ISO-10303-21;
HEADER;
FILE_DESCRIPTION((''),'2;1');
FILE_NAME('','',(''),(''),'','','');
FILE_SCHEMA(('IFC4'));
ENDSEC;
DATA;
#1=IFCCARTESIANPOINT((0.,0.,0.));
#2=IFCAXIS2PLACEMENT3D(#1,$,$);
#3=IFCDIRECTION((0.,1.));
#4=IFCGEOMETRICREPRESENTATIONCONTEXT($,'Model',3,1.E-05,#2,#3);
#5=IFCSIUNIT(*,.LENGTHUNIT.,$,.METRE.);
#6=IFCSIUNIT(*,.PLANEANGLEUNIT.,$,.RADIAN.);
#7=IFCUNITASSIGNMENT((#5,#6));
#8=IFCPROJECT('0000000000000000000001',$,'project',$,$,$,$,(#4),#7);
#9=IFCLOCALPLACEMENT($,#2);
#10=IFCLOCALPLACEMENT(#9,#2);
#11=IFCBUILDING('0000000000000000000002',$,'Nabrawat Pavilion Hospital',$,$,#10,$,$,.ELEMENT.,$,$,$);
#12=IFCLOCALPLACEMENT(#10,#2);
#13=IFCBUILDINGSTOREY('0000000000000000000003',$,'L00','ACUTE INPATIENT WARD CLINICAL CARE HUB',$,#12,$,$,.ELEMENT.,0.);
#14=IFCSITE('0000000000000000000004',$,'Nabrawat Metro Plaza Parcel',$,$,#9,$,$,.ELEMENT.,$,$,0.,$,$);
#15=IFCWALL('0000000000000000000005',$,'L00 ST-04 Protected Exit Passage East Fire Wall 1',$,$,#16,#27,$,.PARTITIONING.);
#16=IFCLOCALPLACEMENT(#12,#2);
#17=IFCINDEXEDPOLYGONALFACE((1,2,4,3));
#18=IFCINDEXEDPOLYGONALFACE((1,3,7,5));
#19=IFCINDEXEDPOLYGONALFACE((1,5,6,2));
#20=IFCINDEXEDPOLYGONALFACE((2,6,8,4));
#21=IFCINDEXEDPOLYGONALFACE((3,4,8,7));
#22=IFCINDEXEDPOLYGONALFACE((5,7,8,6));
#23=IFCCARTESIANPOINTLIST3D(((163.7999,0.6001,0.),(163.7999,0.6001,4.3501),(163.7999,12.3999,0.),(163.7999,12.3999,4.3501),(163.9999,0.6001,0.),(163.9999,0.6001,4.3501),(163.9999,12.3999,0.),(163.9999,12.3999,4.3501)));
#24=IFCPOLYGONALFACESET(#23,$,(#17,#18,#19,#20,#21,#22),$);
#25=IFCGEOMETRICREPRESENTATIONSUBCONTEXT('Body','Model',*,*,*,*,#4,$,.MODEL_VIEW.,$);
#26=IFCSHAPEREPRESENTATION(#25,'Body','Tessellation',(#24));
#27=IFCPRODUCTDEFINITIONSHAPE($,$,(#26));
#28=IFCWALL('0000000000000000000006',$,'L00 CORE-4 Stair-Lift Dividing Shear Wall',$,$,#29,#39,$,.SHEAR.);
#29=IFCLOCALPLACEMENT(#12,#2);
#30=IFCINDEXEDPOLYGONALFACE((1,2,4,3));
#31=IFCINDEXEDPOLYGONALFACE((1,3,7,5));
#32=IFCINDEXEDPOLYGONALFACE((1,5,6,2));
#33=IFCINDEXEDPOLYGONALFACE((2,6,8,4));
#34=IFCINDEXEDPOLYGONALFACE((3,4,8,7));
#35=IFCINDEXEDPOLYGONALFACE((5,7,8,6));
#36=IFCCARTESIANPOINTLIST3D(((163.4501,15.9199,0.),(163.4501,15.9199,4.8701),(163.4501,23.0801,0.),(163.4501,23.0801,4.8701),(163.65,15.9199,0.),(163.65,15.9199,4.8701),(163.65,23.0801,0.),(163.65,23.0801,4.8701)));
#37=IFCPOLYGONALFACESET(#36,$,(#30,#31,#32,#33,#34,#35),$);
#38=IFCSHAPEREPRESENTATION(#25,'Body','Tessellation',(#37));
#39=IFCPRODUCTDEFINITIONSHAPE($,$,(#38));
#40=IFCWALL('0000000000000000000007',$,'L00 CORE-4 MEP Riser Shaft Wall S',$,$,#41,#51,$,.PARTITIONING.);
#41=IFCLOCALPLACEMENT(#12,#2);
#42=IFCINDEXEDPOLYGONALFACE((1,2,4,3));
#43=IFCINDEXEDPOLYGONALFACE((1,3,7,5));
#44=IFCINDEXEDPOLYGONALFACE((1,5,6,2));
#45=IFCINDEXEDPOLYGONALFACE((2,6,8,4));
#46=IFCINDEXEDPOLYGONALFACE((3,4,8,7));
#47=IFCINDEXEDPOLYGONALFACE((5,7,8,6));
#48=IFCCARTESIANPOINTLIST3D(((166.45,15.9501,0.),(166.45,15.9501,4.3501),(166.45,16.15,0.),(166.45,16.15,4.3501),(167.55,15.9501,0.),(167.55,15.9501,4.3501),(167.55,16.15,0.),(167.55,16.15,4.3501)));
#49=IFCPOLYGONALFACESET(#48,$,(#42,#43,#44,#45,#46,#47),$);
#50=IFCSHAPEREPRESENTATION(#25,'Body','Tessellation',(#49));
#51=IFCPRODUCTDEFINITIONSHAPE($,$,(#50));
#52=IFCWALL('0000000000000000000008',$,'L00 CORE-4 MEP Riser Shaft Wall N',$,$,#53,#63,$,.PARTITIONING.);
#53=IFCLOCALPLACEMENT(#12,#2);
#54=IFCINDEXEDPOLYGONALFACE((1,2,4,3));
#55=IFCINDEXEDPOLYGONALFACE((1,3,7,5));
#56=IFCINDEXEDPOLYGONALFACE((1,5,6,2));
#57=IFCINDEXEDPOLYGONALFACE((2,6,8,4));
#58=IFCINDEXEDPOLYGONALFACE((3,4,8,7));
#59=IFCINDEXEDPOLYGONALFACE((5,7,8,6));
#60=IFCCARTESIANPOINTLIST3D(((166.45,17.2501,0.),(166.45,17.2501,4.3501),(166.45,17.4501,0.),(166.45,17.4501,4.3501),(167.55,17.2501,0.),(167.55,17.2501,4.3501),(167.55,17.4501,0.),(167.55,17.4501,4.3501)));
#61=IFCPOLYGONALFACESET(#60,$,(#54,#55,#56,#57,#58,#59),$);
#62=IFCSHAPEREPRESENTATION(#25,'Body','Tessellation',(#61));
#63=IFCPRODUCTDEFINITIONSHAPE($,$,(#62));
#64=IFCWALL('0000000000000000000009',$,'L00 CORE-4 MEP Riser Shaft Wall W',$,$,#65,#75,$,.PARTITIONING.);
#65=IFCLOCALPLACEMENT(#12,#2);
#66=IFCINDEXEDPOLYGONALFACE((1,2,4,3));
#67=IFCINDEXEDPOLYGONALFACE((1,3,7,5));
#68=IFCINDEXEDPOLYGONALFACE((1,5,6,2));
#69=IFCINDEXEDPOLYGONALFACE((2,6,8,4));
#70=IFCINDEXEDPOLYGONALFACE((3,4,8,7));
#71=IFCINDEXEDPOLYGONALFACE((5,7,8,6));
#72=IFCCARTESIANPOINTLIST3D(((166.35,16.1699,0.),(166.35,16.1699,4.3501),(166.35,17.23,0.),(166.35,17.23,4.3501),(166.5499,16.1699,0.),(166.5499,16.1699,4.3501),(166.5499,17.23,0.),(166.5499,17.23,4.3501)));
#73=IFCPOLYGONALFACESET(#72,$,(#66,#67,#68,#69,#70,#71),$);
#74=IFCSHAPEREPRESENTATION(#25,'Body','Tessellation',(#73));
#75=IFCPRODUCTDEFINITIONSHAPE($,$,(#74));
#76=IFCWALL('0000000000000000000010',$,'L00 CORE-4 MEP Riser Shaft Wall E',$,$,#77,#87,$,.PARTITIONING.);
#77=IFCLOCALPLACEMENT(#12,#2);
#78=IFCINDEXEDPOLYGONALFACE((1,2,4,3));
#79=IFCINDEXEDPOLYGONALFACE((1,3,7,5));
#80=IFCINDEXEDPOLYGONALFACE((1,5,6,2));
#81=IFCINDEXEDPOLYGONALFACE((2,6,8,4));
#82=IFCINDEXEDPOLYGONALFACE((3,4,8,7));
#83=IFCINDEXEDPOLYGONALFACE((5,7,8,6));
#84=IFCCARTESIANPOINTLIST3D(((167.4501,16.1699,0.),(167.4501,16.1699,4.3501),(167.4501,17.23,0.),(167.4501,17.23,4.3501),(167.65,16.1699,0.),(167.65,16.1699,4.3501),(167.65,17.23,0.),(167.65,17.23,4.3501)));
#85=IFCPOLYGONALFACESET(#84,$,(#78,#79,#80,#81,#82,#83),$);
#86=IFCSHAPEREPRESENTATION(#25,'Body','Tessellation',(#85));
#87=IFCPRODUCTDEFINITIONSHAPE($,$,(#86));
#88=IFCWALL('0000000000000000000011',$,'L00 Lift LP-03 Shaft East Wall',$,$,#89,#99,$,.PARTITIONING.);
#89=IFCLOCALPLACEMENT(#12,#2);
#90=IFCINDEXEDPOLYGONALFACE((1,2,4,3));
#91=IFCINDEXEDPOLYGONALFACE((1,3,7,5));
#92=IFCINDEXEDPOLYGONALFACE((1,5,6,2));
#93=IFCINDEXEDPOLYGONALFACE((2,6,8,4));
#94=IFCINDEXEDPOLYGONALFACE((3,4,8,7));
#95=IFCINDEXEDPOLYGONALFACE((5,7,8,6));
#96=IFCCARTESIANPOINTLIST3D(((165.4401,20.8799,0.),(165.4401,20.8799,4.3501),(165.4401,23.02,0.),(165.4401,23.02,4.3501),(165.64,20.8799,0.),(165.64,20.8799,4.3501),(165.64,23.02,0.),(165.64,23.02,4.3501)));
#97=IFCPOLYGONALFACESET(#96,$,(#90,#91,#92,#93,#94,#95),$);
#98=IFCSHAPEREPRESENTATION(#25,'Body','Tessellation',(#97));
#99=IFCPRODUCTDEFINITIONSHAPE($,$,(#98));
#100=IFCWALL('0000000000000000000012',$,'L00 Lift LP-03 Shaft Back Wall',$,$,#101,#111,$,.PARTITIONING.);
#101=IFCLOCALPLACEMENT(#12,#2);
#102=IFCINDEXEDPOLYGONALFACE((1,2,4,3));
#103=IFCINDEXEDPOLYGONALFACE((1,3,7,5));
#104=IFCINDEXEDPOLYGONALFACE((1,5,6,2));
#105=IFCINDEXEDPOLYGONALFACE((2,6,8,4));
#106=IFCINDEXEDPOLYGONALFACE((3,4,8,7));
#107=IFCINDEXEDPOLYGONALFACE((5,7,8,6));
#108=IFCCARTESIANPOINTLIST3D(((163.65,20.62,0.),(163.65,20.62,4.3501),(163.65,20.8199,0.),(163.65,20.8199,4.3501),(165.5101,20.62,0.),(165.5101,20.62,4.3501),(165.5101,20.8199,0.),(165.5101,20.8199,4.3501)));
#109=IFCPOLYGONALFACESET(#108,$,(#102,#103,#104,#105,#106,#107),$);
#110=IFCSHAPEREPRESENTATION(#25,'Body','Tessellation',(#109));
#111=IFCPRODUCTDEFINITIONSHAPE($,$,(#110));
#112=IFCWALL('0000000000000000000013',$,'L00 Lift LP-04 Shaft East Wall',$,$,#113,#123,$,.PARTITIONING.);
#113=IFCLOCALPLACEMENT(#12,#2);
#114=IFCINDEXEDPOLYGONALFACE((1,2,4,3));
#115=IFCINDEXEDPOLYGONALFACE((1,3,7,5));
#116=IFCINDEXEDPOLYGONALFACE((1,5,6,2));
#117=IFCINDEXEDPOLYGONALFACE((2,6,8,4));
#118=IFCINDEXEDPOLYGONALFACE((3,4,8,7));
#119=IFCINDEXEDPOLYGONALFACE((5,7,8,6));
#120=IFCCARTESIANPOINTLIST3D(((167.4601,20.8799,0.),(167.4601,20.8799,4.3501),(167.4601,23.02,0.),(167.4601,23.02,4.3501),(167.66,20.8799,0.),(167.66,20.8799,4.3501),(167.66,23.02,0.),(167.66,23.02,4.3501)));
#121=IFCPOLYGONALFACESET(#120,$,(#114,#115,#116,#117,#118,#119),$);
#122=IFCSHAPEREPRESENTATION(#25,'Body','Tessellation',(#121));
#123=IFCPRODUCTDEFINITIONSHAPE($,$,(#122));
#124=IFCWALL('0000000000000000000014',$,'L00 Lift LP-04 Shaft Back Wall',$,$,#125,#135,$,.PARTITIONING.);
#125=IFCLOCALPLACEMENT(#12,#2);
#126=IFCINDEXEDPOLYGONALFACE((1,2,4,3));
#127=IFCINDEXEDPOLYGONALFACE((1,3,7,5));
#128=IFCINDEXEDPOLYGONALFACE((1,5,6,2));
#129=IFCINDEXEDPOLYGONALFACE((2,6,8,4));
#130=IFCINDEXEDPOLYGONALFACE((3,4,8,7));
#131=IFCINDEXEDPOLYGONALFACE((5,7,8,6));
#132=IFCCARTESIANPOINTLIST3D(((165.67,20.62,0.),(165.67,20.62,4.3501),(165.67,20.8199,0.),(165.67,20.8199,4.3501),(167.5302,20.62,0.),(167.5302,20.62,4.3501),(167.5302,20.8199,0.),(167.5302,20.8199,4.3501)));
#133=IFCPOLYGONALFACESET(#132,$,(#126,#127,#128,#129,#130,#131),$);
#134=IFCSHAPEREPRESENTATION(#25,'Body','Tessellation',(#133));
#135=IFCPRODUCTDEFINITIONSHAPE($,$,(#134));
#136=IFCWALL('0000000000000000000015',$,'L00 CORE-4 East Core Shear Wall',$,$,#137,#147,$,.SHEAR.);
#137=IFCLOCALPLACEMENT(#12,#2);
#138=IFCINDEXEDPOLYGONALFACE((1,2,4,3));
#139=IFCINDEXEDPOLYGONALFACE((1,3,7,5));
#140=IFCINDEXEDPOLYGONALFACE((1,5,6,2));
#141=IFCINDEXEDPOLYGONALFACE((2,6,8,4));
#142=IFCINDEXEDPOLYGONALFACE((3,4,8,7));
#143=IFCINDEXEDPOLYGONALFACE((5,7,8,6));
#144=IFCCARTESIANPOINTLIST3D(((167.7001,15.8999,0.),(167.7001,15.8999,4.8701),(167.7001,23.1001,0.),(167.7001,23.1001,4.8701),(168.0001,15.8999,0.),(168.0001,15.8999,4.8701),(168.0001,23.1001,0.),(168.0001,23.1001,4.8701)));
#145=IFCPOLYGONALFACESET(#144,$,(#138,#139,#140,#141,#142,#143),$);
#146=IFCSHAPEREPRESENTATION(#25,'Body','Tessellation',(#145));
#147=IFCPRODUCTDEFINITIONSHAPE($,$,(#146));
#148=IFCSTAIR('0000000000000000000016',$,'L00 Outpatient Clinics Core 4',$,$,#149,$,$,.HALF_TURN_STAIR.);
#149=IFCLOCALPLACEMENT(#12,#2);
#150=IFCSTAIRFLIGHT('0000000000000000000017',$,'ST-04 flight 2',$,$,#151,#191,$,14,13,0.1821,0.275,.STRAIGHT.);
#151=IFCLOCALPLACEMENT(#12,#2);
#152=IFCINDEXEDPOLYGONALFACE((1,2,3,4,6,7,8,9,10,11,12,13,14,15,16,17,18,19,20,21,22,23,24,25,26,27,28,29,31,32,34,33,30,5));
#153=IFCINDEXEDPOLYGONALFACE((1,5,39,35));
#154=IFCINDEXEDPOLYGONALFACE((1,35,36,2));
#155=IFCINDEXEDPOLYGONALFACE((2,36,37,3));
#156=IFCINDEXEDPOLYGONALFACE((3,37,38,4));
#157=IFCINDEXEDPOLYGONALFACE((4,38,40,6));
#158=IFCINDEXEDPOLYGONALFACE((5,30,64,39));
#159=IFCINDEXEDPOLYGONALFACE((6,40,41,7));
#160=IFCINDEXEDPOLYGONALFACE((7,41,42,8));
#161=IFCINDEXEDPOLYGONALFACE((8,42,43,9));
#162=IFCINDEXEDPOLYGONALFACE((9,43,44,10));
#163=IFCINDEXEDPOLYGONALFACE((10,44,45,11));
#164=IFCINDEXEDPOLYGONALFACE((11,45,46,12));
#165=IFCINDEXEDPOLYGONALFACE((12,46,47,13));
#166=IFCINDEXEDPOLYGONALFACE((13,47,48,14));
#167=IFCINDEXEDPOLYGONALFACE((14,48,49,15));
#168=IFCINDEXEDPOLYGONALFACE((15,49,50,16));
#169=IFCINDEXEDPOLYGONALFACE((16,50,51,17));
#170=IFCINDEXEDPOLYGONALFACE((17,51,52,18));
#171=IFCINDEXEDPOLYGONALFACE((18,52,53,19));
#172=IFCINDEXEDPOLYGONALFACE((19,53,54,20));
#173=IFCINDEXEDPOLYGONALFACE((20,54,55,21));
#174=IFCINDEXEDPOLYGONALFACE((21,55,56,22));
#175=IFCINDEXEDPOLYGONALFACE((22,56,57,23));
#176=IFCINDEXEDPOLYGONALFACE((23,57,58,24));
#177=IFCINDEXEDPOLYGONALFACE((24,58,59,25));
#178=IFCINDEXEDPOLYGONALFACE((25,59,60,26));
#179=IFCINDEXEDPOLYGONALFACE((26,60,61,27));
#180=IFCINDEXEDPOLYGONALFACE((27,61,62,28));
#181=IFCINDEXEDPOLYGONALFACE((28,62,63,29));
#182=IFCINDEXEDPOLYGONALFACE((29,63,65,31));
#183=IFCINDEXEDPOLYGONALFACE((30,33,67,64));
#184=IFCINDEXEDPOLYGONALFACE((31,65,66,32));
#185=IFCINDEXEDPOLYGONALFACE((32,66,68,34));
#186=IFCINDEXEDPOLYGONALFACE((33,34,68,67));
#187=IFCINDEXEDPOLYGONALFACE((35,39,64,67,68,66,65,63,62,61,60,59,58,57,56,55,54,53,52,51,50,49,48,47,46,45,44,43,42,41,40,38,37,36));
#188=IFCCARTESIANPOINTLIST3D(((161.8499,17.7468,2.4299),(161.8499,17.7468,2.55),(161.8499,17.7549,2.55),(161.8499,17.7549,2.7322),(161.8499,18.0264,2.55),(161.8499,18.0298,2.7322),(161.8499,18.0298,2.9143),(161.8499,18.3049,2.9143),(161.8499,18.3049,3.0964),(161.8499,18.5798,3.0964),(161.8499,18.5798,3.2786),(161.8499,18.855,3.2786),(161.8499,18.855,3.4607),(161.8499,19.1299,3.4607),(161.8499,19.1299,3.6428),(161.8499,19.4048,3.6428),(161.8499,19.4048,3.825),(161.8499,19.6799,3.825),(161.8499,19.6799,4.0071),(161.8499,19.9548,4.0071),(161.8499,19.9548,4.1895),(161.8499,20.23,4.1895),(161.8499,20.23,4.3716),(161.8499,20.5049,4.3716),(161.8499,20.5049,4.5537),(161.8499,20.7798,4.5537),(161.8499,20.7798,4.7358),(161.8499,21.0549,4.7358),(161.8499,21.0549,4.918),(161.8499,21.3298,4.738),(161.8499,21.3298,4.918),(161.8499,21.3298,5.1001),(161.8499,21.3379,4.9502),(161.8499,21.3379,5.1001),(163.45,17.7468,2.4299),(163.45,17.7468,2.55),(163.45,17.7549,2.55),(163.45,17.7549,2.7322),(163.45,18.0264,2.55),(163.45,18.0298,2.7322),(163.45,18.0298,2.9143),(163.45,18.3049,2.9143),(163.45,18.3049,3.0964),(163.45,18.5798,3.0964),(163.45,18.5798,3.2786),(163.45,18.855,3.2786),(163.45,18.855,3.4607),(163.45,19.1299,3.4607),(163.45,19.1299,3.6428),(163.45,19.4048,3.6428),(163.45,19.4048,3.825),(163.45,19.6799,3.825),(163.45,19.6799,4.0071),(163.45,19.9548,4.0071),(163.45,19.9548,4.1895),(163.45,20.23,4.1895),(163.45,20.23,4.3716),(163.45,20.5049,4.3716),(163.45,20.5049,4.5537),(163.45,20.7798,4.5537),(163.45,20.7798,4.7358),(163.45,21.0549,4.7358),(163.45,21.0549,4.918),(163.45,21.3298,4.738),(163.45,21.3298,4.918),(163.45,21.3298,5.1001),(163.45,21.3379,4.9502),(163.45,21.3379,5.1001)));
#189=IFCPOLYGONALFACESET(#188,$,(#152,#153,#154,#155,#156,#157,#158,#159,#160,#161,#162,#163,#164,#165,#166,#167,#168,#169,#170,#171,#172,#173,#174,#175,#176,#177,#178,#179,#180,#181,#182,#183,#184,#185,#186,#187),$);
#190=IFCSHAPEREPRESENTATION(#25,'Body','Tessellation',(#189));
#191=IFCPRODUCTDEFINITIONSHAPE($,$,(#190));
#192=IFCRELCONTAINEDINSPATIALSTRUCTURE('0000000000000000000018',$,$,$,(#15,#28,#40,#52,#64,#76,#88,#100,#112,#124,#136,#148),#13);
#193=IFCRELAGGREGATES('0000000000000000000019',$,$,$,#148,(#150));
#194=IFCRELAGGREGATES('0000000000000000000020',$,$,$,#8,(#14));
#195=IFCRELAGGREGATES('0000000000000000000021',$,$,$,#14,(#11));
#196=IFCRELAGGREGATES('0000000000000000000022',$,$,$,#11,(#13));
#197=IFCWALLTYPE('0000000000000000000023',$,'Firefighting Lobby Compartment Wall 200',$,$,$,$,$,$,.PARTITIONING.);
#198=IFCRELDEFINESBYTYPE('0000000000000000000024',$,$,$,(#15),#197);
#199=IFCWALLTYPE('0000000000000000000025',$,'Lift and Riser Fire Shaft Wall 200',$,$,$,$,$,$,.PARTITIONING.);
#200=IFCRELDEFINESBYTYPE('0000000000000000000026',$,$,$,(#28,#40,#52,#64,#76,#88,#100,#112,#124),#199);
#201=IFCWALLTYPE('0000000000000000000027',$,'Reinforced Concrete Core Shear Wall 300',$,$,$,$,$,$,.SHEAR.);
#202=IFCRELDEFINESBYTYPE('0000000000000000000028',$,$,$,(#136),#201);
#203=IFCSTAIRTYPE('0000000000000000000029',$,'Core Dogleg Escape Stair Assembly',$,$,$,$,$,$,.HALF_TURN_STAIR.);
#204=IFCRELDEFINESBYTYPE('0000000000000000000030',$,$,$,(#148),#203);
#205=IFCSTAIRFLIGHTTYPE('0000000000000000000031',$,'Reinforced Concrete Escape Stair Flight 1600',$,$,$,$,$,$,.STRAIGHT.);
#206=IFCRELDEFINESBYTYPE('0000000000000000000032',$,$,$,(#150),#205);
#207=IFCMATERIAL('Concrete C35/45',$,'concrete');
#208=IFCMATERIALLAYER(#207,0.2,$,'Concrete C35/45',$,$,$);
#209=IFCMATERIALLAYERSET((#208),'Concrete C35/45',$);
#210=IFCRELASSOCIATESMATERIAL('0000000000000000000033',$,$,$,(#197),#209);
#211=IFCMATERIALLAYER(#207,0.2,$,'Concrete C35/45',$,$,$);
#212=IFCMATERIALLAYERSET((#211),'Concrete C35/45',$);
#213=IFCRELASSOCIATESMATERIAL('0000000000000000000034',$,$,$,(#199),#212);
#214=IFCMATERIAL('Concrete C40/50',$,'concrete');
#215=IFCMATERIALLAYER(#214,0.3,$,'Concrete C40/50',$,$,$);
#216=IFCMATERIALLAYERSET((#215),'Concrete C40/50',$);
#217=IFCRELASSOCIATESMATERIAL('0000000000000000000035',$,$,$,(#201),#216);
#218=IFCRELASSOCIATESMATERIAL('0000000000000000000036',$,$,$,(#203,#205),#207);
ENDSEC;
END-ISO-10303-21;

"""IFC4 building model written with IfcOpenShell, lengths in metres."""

from ifc_helpers import new_model, si_unit, direction, frame, frame_2d, origin, place, context, subcontext, project, spatial, polyline, rectangle, outline, extrude, material, layer, layer_set, type_object, element, aggregate, save


model = new_model("IFC4")

# Units and contexts
model_context = context("Model", 3, precision=1e-05, world=origin(), true_north=direction((0.0, 1.0)))
body_context = subcontext(model_context, "Body", "Model", "MODEL_VIEW")
ifc_project = project(units=[si_unit("LENGTHUNIT", "METRE"), si_unit("PLANEANGLEUNIT", "RADIAN")], contexts=[model_context])

# Site, building, storey
site_placement = place(None, origin())
site = spatial("IfcSite", under=ifc_project, at=site_placement, Name="Nabrawat Metro Plaza Parcel", CompositionType="ELEMENT", RefElevation=0.0)
building_placement = place(site_placement, origin())
building = spatial("IfcBuilding", under=site, at=building_placement, Name="Nabrawat Pavilion Hospital", CompositionType="ELEMENT")
storey_placement = place(building_placement, origin())
storey = spatial("IfcBuildingStorey", under=building, at=storey_placement, Name="L00", Description="ACUTE INPATIENT WARD CLINICAL CARE HUB", CompositionType="ELEMENT", Elevation=0.0)

# Shared definitions
ifc_material_1 = material(Name="Concrete C40/50", Category="concrete")

# Walls
ifc_material_2 = material(Name="Concrete C35/45", Category="concrete")
ifc_layer_1 = layer(ifc_material_2, 0.2, Name="Concrete C35/45")
ifc_layer_set_1 = layer_set([ifc_layer_1], Name="Concrete C35/45")
wall_type_1 = type_object("IfcWallType", Name="Firefighting Lobby Compartment Wall 200", PredefinedType="PARTITIONING", material=ifc_layer_set_1)
wall_1_placement = place(storey_placement, frame((163.8999, 0.6001, 0.0), z_axis=(0.0, 0.0, 1.0), x_axis=(0.0, 1.0, 0.0)))
element("IfcWall", 1, at=wall_1_placement, inside=storey, type_object=wall_type_1, Name="L00 ST-04 Protected Exit Passage East Fire Wall 1", PredefinedType="PARTITIONING", context=body_context, shape_type="SweptSolid", body=[
    extrude(rectangle(XDim=11.7998, YDim=0.2, at=frame_2d((5.8999, 0.0))), origin(), (0.0, 0.0, 1.0), 4.3501),
])
ifc_layer_2 = layer(ifc_material_2, 0.2, Name="Concrete C35/45")
ifc_layer_set_2 = layer_set([ifc_layer_2], Name="Concrete C35/45")
wall_type_2 = type_object("IfcWallType", Name="Lift and Riser Fire Shaft Wall 200", PredefinedType="PARTITIONING", material=ifc_layer_set_2)
wall_2_placement = place(storey_placement, frame((163.55, 15.9199, 0.0), z_axis=(0.0, 0.0, 1.0), x_axis=(0.0, 1.0, 0.0)))
element("IfcWall", 2, at=wall_2_placement, inside=storey, type_object=wall_type_2, Name="L00 CORE-4 Stair-Lift Dividing Shear Wall", PredefinedType="SHEAR", context=body_context, shape_type="SweptSolid", body=[
    extrude(rectangle(XDim=7.1602, YDim=0.2, at=frame_2d((3.5801, 0.0))), origin(), (0.0, 0.0, 1.0), 4.8701),
])
for number, where, z_axis, x_axis, name in (
    (3, (166.45, 16.05, 0.0), (0.0, 0.0, 1.0), (1.0, 0.0, 0.0), "L00 CORE-4 MEP Riser Shaft Wall S"),
    (4, (166.45, 17.3501, 0.0), (0.0, 0.0, 1.0), (1.0, 0.0, 0.0), "L00 CORE-4 MEP Riser Shaft Wall N"),
):
    element("IfcWall", number, at=place(storey_placement, frame(where, z_axis=z_axis, x_axis=x_axis)), inside=storey, type_object=wall_type_2, Name=name, PredefinedType="PARTITIONING", context=body_context, shape_type="SweptSolid", body=[
        extrude(rectangle(XDim=1.1001, YDim=0.2, at=frame_2d((0.55, 0.0))), origin(), (0.0, 0.0, 1.0), 4.3501),
    ])
for number, where, z_axis, x_axis, name in (
    (5, (166.45, 16.1699, 0.0), (0.0, 0.0, 1.0), (0.0, 1.0, 0.0), "L00 CORE-4 MEP Riser Shaft Wall W"),
    (6, (167.55, 16.1699, 0.0), (0.0, 0.0, 1.0), (0.0, 1.0, 0.0), "L00 CORE-4 MEP Riser Shaft Wall E"),
):
    element("IfcWall", number, at=place(storey_placement, frame(where, z_axis=z_axis, x_axis=x_axis)), inside=storey, type_object=wall_type_2, Name=name, PredefinedType="PARTITIONING", context=body_context, shape_type="SweptSolid", body=[
        extrude(rectangle(XDim=1.0601, YDim=0.2, at=frame_2d((0.53, 0.0))), origin(), (0.0, 0.0, 1.0), 4.3501),
    ])
wall_3_placement = place(storey_placement, frame((165.54, 20.8799, 0.0), z_axis=(0.0, 0.0, 1.0), x_axis=(0.0, 1.0, 0.0)))
element("IfcWall", 7, at=wall_3_placement, inside=storey, type_object=wall_type_2, Name="L00 Lift LP-03 Shaft East Wall", PredefinedType="PARTITIONING", context=body_context, shape_type="SweptSolid", body=[
    extrude(rectangle(XDim=2.1401, YDim=0.2, at=frame_2d((1.0701, 0.0))), origin(), (0.0, 0.0, 1.0), 4.3501),
])
wall_4_placement = place(storey_placement, frame((163.6499, 20.72, 0.0), z_axis=(0.0, 0.0, 1.0), x_axis=(1.0, 0.0, 0.0)))
element("IfcWall", 8, at=wall_4_placement, inside=storey, type_object=wall_type_2, Name="L00 Lift LP-03 Shaft Back Wall", PredefinedType="PARTITIONING", context=body_context, shape_type="SweptSolid", body=[
    extrude(rectangle(XDim=1.8601, YDim=0.2, at=frame_2d((0.9302, 0.0))), origin(), (0.0, 0.0, 1.0), 4.3501),
])
wall_5_placement = place(storey_placement, frame((167.5601, 20.8799, 0.0), z_axis=(0.0, 0.0, 1.0), x_axis=(0.0, 1.0, 0.0)))
element("IfcWall", 9, at=wall_5_placement, inside=storey, type_object=wall_type_2, Name="L00 Lift LP-04 Shaft East Wall", PredefinedType="PARTITIONING", context=body_context, shape_type="SweptSolid", body=[
    extrude(rectangle(XDim=2.1401, YDim=0.2, at=frame_2d((1.0701, 0.0))), origin(), (0.0, 0.0, 1.0), 4.3501),
])
wall_6_placement = place(storey_placement, frame((165.6699, 20.72, 0.0), z_axis=(0.0, 0.0, 1.0), x_axis=(1.0, 0.0, 0.0)))
element("IfcWall", 10, at=wall_6_placement, inside=storey, type_object=wall_type_2, Name="L00 Lift LP-04 Shaft Back Wall", PredefinedType="PARTITIONING", context=body_context, shape_type="SweptSolid", body=[
    extrude(rectangle(XDim=1.8601, YDim=0.2, at=frame_2d((0.9302, 0.0))), origin(), (0.0, 0.0, 1.0), 4.3501),
])
ifc_layer_3 = layer(ifc_material_1, 0.3, Name="Concrete C40/50")
ifc_layer_set_3 = layer_set([ifc_layer_3], Name="Concrete C40/50")
wall_type_3 = type_object("IfcWallType", Name="Reinforced Concrete Core Shear Wall 300", PredefinedType="SHEAR", material=ifc_layer_set_3)
wall_7_placement = place(storey_placement, frame((167.8501, 15.8999, 0.0), z_axis=(0.0, 0.0, 1.0), x_axis=(0.0, 1.0, 0.0)))
element("IfcWall", 11, at=wall_7_placement, inside=storey, type_object=wall_type_3, Name="L00 CORE-4 East Core Shear Wall", PredefinedType="SHEAR", context=body_context, shape_type="SweptSolid", body=[
    extrude(rectangle(XDim=7.2002, YDim=0.3, at=frame_2d((3.6001, 0.0))), origin(), (0.0, 0.0, 1.0), 4.8701),
])

# Stair, stair flight
stair_type = type_object("IfcStairType", Name="Core Dogleg Escape Stair Assembly", PredefinedType="HALF_TURN_STAIR", material=ifc_material_2)
stair_placement = place(storey_placement, origin())
stair = element("IfcStair", 12, at=stair_placement, inside=storey, type_object=stair_type, Name="L00 Outpatient Clinics Core 4", PredefinedType="HALF_TURN_STAIR")
stair_flight_type = type_object("IfcStairFlightType", Name="Reinforced Concrete Escape Stair Flight 1600", PredefinedType="STRAIGHT", material=ifc_material_2)
stair_flight_placement = place(storey_placement, frame((162.6499, 17.7549, 2.55), z_axis=(0.0, 0.0, 1.0), x_axis=(0.0, 1.0, 0.0)))
stair_flight = element("IfcStairFlight", 13, at=stair_flight_placement, type_object=stair_flight_type, Name="ST-04 flight 2", NumberOfRisers=14, NumberOfTreads=13, PredefinedType="STRAIGHT", RiserHeight=0.1821, TreadLength=0.275, context=body_context, shape_type="SweptSolid", body=[
    extrude(outline(polyline([(-0.0081, 0.0), (0.0, 0.0), (0.0, 0.1821), (0.2749, 0.1821), (0.2749, 0.3643), (0.55, 0.3643), (0.55, 0.5464), (0.825, 0.5464), (0.825, 0.7285), (1.1001, 0.7285), (1.1001, 0.9106), (1.375, 0.9106), (1.375, 1.0928), (1.6499, 1.0928), (1.6499, 1.2749), (1.925, 1.2749), (1.925, 1.457), (2.2, 1.457), (2.2, 1.6394), (2.4751, 1.6394), (2.4751, 1.8215), (2.75, 1.8215), (2.75, 2.0037), (3.0249, 2.0037), (3.0249, 2.1858), (3.3, 2.1858), (3.3, 2.3679), (3.575, 2.3679), (3.575, 2.55), (3.583, 2.55), (3.583, 2.4001), (3.575, 2.188), (0.2715, 0.0), (-0.0081, -0.1201), (-0.0081, 0.0)])), frame((0.0, 0.8, 0.0), z_axis=(0.0, -1.0, 0.0), x_axis=(1.0, 0.0, 0.0)), (0.0, 0.0, 1.0), 1.6001),
])
aggregate(stair, [stair_flight])

save(model, "model.ifc")
